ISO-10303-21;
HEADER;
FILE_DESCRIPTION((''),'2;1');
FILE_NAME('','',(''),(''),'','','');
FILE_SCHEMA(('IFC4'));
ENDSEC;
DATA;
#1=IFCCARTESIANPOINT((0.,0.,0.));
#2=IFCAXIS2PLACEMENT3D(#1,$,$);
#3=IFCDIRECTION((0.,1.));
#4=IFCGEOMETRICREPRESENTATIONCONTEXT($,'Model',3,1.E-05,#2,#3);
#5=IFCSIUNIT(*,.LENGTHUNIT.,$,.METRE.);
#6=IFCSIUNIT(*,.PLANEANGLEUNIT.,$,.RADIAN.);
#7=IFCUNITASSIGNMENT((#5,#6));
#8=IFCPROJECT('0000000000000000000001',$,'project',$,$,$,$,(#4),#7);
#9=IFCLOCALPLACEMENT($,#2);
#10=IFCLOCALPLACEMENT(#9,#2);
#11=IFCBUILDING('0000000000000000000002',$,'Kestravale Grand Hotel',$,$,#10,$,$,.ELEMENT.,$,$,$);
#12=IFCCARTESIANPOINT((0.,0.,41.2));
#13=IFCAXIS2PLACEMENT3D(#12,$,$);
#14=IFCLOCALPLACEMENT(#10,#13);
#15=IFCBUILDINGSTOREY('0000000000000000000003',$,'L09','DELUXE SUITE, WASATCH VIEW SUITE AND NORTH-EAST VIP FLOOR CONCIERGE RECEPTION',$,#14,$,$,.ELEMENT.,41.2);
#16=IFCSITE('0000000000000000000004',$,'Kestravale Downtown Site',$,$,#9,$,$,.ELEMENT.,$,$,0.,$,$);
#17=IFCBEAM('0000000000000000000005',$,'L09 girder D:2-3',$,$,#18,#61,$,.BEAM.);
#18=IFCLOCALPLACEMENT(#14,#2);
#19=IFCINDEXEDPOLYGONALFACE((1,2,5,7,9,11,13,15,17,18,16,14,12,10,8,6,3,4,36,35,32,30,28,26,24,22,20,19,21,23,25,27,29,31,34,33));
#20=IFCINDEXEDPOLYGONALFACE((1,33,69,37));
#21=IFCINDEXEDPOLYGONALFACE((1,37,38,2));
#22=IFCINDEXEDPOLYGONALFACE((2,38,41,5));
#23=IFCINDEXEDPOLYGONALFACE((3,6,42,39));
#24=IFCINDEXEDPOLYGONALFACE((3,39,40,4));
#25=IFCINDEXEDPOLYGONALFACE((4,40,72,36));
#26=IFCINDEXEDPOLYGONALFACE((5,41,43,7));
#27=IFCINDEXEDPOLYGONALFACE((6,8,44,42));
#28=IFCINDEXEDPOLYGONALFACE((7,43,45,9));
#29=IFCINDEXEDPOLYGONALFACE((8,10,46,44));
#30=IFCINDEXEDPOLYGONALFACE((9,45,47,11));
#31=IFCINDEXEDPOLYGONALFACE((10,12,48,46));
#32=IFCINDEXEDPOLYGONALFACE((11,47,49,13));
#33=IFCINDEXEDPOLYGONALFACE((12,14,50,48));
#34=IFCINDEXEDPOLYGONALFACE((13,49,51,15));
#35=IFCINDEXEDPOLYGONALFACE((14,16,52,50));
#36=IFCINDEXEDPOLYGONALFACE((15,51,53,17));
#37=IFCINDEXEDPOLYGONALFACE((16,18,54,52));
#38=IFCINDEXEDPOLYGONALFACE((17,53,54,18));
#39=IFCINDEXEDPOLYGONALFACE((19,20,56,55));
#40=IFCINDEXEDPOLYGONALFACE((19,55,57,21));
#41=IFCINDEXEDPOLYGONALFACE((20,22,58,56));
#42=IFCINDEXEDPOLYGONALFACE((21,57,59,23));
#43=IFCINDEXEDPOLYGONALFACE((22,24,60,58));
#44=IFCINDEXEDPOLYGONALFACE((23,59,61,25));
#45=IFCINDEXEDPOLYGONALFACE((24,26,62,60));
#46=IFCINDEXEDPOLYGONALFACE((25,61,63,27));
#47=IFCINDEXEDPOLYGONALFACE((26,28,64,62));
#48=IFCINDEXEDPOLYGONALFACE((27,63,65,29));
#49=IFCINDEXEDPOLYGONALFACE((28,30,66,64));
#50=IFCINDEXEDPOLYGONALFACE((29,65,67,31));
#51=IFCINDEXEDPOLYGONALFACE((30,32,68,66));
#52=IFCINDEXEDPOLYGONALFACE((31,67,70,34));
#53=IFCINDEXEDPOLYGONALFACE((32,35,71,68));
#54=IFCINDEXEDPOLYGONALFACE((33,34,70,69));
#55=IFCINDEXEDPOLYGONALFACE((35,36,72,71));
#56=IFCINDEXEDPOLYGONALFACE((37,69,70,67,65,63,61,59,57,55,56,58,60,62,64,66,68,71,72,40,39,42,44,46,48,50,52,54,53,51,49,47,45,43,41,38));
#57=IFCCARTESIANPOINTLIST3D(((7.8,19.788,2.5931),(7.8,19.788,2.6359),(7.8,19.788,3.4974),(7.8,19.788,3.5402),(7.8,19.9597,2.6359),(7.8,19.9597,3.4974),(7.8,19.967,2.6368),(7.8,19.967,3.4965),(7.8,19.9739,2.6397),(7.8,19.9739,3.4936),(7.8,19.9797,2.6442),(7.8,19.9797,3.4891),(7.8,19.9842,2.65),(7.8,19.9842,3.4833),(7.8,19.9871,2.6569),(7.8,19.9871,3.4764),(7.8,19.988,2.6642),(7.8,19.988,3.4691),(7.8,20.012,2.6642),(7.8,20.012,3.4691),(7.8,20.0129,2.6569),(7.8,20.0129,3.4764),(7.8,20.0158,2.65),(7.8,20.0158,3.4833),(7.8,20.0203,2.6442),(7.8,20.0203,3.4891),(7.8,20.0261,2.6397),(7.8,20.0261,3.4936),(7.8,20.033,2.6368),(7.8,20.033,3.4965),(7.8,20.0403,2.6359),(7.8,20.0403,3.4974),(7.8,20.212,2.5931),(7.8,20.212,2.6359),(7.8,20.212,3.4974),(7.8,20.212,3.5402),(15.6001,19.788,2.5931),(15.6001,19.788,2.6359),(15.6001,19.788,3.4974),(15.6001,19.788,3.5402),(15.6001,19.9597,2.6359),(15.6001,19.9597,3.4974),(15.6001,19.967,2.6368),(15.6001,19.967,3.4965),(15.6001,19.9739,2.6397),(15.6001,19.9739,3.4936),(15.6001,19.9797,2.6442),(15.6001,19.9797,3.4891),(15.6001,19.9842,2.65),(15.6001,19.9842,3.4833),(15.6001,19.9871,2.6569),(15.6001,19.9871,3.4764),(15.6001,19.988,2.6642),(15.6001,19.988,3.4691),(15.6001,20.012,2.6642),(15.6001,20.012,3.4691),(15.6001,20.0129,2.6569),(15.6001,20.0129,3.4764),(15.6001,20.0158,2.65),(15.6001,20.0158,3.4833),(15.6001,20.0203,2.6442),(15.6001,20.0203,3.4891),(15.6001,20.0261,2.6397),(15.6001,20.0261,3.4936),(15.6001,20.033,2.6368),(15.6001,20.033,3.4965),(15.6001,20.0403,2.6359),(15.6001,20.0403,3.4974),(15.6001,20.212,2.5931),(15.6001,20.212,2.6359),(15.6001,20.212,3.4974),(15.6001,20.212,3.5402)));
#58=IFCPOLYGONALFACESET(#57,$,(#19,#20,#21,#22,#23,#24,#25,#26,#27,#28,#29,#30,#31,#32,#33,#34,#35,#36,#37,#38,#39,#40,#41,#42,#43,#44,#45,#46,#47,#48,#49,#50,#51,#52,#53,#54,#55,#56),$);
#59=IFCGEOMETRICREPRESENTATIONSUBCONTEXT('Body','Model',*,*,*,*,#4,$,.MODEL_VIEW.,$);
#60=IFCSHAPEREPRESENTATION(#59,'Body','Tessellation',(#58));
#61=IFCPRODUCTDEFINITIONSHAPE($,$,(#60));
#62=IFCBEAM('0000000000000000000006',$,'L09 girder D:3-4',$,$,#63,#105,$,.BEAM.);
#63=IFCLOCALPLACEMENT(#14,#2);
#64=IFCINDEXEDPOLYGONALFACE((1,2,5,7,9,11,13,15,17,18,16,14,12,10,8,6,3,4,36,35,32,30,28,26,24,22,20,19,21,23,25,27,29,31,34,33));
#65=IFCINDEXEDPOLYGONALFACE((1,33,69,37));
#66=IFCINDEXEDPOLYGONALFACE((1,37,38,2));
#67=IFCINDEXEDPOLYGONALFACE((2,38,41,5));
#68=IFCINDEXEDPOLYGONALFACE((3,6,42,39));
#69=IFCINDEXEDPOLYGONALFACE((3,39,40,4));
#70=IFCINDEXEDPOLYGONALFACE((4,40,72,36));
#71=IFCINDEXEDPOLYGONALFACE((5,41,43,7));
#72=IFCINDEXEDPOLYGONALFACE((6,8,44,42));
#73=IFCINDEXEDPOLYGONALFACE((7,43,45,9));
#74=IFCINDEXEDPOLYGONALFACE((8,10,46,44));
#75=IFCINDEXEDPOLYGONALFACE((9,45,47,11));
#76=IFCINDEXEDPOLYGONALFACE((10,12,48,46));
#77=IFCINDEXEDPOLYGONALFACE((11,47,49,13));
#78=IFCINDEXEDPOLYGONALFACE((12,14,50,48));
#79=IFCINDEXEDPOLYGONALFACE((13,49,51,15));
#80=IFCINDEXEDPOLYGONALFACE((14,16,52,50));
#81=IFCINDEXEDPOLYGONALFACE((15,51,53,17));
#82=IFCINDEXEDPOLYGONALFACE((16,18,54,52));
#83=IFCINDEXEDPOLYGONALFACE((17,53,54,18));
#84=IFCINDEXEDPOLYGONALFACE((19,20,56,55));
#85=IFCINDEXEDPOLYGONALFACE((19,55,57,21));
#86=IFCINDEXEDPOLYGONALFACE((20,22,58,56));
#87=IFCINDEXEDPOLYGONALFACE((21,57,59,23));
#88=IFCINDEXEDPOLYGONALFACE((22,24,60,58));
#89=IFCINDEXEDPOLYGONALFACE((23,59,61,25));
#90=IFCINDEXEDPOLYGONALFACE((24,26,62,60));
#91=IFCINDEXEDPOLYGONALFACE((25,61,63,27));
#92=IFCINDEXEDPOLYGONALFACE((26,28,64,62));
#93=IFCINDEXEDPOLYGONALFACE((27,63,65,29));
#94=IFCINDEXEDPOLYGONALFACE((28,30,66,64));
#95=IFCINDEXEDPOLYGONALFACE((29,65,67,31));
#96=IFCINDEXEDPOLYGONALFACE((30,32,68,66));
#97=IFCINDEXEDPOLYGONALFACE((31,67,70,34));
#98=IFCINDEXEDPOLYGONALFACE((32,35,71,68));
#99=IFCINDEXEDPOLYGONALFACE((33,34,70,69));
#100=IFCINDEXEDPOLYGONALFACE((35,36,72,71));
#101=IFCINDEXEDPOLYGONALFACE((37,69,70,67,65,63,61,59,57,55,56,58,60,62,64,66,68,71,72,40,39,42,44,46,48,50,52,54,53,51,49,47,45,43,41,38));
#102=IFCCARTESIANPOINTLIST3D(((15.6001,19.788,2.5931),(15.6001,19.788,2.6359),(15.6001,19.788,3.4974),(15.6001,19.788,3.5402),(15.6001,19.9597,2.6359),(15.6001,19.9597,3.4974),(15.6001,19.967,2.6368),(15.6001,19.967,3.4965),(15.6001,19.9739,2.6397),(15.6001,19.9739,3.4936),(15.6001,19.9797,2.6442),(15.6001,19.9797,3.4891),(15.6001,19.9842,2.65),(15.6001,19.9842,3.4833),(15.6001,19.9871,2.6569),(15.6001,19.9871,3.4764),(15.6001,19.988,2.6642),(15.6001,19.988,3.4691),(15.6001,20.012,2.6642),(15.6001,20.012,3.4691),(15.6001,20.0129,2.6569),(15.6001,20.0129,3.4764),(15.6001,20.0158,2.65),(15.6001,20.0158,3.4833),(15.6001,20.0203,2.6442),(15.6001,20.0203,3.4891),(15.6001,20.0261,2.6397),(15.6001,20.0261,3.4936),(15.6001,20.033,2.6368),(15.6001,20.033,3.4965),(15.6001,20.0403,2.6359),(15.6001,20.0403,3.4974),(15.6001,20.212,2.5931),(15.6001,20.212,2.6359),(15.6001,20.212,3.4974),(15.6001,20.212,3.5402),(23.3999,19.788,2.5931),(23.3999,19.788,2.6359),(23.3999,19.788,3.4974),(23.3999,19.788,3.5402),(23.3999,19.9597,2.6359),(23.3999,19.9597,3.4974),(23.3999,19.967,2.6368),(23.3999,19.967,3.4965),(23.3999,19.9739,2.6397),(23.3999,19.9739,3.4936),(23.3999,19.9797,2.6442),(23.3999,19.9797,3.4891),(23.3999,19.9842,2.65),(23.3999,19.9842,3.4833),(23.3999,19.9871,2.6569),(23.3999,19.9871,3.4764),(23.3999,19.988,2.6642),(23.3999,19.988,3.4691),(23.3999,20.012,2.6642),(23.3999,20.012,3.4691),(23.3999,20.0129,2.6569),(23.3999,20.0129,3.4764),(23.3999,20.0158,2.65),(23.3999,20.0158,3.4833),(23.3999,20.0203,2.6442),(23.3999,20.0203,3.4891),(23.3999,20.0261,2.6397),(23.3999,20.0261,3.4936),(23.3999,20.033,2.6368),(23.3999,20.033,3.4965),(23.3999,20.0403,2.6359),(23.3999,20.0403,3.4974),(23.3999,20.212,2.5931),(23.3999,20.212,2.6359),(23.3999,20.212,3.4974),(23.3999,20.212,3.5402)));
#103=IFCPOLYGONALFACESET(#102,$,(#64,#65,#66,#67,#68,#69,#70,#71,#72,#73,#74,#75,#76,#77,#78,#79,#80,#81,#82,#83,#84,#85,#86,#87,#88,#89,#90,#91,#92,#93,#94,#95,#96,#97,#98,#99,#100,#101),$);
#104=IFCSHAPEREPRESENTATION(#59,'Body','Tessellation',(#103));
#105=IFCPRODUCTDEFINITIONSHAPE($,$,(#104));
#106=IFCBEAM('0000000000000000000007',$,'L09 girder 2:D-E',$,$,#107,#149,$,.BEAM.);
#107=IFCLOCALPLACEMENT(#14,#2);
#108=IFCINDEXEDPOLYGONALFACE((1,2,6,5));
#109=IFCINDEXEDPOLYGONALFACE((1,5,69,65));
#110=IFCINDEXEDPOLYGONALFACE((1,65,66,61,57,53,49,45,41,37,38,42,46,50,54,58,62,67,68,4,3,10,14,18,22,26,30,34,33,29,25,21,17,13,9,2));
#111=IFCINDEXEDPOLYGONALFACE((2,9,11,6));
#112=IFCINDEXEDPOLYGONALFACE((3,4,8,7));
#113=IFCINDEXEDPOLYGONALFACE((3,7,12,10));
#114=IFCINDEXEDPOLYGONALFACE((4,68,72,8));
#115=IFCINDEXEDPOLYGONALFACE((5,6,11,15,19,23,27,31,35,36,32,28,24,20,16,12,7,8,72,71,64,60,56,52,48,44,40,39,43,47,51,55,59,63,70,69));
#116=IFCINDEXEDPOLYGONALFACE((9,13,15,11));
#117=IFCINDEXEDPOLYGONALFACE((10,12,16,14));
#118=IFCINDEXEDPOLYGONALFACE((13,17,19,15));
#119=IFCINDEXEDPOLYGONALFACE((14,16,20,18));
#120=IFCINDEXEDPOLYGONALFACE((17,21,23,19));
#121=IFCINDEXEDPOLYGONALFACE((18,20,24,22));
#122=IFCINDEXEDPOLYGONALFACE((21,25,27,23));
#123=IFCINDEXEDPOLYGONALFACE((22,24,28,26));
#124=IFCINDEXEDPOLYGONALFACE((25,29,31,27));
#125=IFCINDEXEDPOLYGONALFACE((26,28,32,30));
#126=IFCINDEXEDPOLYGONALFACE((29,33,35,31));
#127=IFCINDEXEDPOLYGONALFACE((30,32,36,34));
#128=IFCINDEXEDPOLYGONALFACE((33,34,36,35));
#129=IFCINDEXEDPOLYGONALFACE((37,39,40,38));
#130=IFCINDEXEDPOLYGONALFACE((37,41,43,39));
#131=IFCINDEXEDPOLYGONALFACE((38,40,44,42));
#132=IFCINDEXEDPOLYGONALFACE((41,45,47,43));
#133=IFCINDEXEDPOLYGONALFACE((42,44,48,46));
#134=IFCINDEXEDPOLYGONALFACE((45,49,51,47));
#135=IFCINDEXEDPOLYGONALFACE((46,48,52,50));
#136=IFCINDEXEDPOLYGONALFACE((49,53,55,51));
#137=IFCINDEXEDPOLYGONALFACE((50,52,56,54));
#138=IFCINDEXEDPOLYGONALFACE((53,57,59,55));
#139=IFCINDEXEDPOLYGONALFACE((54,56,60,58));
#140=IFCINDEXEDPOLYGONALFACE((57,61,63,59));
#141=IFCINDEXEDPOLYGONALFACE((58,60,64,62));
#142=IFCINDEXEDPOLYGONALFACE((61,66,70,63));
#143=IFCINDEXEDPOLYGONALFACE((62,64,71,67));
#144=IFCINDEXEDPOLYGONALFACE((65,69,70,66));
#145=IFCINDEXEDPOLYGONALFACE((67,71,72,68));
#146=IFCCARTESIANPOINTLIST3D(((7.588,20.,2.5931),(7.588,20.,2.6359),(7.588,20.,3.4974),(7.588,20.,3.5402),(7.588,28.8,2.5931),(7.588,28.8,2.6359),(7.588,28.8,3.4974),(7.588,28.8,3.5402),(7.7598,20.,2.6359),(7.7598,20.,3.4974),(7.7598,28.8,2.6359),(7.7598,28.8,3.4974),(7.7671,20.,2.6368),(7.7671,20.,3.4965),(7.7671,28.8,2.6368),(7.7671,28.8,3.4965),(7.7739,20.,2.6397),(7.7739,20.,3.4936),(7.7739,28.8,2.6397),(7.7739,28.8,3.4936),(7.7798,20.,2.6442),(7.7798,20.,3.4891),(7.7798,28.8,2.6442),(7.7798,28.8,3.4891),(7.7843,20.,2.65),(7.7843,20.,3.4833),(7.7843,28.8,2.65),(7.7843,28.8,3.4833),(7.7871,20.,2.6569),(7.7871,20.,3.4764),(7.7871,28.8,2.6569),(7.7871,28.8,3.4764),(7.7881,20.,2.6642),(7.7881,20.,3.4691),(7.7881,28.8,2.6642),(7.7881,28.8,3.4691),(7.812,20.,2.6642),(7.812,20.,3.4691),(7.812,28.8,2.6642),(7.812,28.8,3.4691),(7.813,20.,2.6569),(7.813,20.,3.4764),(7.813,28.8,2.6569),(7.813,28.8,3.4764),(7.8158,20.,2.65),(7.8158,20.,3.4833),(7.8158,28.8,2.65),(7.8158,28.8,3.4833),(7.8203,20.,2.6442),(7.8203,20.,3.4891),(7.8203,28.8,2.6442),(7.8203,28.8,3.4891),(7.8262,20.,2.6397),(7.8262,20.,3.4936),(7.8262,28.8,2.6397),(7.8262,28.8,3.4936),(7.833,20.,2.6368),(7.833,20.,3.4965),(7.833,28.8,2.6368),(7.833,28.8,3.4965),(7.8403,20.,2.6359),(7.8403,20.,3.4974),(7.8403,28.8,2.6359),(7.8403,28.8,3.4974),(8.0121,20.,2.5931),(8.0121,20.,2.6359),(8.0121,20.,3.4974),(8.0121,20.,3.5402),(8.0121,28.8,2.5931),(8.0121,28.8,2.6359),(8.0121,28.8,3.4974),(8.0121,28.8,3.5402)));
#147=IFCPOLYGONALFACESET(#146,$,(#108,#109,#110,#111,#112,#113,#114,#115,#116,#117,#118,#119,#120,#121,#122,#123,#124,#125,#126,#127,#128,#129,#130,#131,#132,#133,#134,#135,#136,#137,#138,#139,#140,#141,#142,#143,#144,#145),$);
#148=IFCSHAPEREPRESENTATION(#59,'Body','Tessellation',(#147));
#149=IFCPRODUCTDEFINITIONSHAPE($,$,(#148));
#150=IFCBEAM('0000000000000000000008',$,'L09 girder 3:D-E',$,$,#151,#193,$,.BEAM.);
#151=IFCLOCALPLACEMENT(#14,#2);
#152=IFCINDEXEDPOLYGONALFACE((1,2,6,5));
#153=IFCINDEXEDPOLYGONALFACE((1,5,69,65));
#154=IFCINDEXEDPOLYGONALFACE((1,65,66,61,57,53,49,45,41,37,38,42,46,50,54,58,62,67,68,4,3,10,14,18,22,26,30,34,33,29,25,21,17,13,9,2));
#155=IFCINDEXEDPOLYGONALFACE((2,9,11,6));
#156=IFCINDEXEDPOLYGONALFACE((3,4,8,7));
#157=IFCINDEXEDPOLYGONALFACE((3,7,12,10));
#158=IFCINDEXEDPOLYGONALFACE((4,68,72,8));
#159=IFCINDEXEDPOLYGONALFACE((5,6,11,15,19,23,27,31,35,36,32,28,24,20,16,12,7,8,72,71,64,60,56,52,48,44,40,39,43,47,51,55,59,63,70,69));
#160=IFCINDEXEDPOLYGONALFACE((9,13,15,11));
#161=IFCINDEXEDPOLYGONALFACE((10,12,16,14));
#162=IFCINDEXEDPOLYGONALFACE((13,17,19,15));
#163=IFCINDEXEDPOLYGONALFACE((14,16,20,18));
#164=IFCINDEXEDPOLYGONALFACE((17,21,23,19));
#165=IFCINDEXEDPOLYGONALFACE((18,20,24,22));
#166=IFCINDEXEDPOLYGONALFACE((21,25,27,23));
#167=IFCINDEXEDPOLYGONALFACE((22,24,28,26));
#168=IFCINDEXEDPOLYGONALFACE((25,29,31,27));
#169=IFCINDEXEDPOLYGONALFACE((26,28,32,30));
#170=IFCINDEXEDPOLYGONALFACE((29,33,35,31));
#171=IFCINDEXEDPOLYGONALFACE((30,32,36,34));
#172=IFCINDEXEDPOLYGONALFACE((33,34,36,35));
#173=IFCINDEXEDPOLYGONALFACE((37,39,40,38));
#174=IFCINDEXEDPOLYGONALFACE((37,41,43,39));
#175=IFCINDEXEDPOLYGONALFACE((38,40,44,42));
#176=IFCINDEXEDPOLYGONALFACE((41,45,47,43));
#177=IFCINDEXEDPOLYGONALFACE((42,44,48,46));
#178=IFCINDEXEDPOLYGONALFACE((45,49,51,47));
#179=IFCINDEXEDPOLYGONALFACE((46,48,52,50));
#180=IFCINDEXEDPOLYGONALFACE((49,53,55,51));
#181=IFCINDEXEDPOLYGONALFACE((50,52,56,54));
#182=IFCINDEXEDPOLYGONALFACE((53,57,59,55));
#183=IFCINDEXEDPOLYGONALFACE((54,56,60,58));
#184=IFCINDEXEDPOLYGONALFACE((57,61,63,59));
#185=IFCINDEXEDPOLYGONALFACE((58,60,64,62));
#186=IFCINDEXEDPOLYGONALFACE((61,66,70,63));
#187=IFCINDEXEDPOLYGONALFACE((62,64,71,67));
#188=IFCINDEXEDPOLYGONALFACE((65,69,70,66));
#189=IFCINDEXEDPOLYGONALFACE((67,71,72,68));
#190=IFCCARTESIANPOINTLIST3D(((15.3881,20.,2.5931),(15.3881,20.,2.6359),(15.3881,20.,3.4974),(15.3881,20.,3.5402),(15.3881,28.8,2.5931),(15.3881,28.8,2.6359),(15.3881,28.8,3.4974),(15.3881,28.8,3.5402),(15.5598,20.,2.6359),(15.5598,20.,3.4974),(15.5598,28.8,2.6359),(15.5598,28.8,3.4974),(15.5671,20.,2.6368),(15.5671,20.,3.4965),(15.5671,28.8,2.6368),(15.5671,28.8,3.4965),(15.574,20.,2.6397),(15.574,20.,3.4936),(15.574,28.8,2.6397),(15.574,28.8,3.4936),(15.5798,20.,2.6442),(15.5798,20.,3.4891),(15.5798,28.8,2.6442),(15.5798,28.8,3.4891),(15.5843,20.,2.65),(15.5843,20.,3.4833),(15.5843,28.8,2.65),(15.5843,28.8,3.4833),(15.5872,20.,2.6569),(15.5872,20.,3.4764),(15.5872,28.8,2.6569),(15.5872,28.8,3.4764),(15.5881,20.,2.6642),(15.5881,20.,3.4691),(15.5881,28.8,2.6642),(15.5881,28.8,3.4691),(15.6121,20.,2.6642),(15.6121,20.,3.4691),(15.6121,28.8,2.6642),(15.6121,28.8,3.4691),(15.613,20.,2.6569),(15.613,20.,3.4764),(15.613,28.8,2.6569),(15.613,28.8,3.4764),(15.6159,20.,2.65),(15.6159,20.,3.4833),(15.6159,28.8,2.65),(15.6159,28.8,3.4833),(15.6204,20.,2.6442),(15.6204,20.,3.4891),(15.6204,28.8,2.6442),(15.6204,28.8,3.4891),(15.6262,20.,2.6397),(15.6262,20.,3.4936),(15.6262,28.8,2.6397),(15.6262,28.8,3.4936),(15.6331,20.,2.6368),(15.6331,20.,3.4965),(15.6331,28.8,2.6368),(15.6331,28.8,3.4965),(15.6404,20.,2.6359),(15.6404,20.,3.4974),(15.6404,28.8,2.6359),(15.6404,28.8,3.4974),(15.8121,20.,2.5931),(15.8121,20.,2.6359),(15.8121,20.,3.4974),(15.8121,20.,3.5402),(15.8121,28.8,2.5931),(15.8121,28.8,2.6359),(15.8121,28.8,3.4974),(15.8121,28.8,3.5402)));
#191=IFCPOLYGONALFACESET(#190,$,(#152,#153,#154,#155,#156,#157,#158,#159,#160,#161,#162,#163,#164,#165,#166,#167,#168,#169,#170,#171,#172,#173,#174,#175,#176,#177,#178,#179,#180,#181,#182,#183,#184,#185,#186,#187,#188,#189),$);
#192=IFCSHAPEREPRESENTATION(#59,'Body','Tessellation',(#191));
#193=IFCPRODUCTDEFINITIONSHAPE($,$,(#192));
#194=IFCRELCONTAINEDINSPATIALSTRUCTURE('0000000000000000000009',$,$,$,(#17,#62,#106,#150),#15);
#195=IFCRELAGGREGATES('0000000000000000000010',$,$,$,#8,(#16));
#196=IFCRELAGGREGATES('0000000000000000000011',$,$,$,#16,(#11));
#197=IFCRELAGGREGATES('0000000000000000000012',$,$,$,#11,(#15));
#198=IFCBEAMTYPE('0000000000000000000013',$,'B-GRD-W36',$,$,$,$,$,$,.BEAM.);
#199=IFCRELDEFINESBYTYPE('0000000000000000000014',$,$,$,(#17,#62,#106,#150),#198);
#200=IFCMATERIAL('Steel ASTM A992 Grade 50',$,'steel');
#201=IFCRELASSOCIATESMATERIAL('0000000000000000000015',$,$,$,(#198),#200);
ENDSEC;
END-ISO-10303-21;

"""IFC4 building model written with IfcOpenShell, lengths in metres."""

from ifc_helpers import new_model, si_unit, direction, frame, origin, origin_2d, place, context, subcontext, project, spatial, i_section, extrude, material, material_profile, profile_set, type_object, element, save


model = new_model("IFC4")

# Units and contexts
model_context = context("Model", 3, precision=1e-05, world=origin(), true_north=direction((0.0, 1.0)))
body_context = subcontext(model_context, "Body", "Model", "MODEL_VIEW")
ifc_project = project(units=[si_unit("LENGTHUNIT", "METRE"), si_unit("PLANEANGLEUNIT", "RADIAN")], contexts=[model_context])

# Site, building, storey
site_placement = place(None, origin())
site = spatial("IfcSite", under=ifc_project, at=site_placement, Name="Kestravale Downtown Site", CompositionType="ELEMENT", RefElevation=0.0)
building_placement = place(site_placement, origin())
building = spatial("IfcBuilding", under=site, at=building_placement, Name="Kestravale Grand Hotel", CompositionType="ELEMENT")
storey_placement = place(building_placement, frame((0.0, 0.0, 41.2)))
storey = spatial("IfcBuildingStorey", under=building, at=storey_placement, Name="L09", Description="DELUXE SUITE, WASATCH VIEW SUITE AND NORTH-EAST VIP FLOOR CONCIERGE RECEPTION", CompositionType="ELEMENT", Elevation=41.2)

# Beams
ifc_material_1 = material(Name="Steel ASTM A992 Grade 50", Category="steel")
ifc_material_profile_1 = material_profile(ifc_material_1, i_section(OverallWidth=0.4241, OverallDepth=0.947, WebThickness=0.0239, FlangeThickness=0.0427, FilletRadius=0.0283, at=origin_2d()))
ifc_profile_set_1 = profile_set([ifc_material_profile_1], Name="Steel ASTM A992 Grade 50")
beam_type_1 = type_object("IfcBeamType", Name="B-GRD-W36", PredefinedType="BEAM", material=ifc_profile_set_1)
beam_1_placement = place(storey_placement, frame((7.8, 20.0, 3.0667), z_axis=(1.0, 0.0, 0.0), x_axis=(0.0, 1.0, 0.0)))
element("IfcBeam", 1, at=beam_1_placement, inside=storey, type_object=beam_type_1, Name="L09 girder D:2-3", PredefinedType="BEAM", context=body_context, shape_type="SweptSolid", body=[
    extrude(i_section(OverallWidth=0.4241, OverallDepth=0.947, WebThickness=0.0239, FlangeThickness=0.0427, FilletRadius=0.0283, at=origin_2d()), origin(), (0.0, 0.0, 1.0), 7.8),
])
beam_2_placement = place(storey_placement, frame((15.6001, 20.0, 3.0667), z_axis=(1.0, 0.0, 0.0), x_axis=(0.0, 1.0, 0.0)))
element("IfcBeam", 2, at=beam_2_placement, inside=storey, type_object=beam_type_1, Name="L09 girder D:3-4", PredefinedType="BEAM", context=body_context, shape_type="SweptSolid", body=[
    extrude(i_section(OverallWidth=0.4241, OverallDepth=0.947, WebThickness=0.0239, FlangeThickness=0.0427, FilletRadius=0.0283, at=origin_2d()), origin(), (0.0, 0.0, 1.0), 7.7998),
])
for number, where, z_axis, x_axis, name in (
    (3, (7.8, 20.0, 3.0667), (0.0, 1.0, 0.0), (-1.0, 0.0, 0.0), "L09 girder 2:D-E"),
    (4, (15.6001, 20.0, 3.0667), (0.0, 1.0, 0.0), (-1.0, 0.0, 0.0), "L09 girder 3:D-E"),
):
    element("IfcBeam", number, at=place(storey_placement, frame(where, z_axis=z_axis, x_axis=x_axis)), inside=storey, type_object=beam_type_1, Name=name, PredefinedType="BEAM", context=body_context, shape_type="SweptSolid", body=[
        extrude(i_section(OverallWidth=0.4241, OverallDepth=0.947, WebThickness=0.0239, FlangeThickness=0.0427, FilletRadius=0.0283, at=origin_2d()), origin(), (0.0, 0.0, 1.0), 8.8),
    ])

save(model, "model.ifc")
